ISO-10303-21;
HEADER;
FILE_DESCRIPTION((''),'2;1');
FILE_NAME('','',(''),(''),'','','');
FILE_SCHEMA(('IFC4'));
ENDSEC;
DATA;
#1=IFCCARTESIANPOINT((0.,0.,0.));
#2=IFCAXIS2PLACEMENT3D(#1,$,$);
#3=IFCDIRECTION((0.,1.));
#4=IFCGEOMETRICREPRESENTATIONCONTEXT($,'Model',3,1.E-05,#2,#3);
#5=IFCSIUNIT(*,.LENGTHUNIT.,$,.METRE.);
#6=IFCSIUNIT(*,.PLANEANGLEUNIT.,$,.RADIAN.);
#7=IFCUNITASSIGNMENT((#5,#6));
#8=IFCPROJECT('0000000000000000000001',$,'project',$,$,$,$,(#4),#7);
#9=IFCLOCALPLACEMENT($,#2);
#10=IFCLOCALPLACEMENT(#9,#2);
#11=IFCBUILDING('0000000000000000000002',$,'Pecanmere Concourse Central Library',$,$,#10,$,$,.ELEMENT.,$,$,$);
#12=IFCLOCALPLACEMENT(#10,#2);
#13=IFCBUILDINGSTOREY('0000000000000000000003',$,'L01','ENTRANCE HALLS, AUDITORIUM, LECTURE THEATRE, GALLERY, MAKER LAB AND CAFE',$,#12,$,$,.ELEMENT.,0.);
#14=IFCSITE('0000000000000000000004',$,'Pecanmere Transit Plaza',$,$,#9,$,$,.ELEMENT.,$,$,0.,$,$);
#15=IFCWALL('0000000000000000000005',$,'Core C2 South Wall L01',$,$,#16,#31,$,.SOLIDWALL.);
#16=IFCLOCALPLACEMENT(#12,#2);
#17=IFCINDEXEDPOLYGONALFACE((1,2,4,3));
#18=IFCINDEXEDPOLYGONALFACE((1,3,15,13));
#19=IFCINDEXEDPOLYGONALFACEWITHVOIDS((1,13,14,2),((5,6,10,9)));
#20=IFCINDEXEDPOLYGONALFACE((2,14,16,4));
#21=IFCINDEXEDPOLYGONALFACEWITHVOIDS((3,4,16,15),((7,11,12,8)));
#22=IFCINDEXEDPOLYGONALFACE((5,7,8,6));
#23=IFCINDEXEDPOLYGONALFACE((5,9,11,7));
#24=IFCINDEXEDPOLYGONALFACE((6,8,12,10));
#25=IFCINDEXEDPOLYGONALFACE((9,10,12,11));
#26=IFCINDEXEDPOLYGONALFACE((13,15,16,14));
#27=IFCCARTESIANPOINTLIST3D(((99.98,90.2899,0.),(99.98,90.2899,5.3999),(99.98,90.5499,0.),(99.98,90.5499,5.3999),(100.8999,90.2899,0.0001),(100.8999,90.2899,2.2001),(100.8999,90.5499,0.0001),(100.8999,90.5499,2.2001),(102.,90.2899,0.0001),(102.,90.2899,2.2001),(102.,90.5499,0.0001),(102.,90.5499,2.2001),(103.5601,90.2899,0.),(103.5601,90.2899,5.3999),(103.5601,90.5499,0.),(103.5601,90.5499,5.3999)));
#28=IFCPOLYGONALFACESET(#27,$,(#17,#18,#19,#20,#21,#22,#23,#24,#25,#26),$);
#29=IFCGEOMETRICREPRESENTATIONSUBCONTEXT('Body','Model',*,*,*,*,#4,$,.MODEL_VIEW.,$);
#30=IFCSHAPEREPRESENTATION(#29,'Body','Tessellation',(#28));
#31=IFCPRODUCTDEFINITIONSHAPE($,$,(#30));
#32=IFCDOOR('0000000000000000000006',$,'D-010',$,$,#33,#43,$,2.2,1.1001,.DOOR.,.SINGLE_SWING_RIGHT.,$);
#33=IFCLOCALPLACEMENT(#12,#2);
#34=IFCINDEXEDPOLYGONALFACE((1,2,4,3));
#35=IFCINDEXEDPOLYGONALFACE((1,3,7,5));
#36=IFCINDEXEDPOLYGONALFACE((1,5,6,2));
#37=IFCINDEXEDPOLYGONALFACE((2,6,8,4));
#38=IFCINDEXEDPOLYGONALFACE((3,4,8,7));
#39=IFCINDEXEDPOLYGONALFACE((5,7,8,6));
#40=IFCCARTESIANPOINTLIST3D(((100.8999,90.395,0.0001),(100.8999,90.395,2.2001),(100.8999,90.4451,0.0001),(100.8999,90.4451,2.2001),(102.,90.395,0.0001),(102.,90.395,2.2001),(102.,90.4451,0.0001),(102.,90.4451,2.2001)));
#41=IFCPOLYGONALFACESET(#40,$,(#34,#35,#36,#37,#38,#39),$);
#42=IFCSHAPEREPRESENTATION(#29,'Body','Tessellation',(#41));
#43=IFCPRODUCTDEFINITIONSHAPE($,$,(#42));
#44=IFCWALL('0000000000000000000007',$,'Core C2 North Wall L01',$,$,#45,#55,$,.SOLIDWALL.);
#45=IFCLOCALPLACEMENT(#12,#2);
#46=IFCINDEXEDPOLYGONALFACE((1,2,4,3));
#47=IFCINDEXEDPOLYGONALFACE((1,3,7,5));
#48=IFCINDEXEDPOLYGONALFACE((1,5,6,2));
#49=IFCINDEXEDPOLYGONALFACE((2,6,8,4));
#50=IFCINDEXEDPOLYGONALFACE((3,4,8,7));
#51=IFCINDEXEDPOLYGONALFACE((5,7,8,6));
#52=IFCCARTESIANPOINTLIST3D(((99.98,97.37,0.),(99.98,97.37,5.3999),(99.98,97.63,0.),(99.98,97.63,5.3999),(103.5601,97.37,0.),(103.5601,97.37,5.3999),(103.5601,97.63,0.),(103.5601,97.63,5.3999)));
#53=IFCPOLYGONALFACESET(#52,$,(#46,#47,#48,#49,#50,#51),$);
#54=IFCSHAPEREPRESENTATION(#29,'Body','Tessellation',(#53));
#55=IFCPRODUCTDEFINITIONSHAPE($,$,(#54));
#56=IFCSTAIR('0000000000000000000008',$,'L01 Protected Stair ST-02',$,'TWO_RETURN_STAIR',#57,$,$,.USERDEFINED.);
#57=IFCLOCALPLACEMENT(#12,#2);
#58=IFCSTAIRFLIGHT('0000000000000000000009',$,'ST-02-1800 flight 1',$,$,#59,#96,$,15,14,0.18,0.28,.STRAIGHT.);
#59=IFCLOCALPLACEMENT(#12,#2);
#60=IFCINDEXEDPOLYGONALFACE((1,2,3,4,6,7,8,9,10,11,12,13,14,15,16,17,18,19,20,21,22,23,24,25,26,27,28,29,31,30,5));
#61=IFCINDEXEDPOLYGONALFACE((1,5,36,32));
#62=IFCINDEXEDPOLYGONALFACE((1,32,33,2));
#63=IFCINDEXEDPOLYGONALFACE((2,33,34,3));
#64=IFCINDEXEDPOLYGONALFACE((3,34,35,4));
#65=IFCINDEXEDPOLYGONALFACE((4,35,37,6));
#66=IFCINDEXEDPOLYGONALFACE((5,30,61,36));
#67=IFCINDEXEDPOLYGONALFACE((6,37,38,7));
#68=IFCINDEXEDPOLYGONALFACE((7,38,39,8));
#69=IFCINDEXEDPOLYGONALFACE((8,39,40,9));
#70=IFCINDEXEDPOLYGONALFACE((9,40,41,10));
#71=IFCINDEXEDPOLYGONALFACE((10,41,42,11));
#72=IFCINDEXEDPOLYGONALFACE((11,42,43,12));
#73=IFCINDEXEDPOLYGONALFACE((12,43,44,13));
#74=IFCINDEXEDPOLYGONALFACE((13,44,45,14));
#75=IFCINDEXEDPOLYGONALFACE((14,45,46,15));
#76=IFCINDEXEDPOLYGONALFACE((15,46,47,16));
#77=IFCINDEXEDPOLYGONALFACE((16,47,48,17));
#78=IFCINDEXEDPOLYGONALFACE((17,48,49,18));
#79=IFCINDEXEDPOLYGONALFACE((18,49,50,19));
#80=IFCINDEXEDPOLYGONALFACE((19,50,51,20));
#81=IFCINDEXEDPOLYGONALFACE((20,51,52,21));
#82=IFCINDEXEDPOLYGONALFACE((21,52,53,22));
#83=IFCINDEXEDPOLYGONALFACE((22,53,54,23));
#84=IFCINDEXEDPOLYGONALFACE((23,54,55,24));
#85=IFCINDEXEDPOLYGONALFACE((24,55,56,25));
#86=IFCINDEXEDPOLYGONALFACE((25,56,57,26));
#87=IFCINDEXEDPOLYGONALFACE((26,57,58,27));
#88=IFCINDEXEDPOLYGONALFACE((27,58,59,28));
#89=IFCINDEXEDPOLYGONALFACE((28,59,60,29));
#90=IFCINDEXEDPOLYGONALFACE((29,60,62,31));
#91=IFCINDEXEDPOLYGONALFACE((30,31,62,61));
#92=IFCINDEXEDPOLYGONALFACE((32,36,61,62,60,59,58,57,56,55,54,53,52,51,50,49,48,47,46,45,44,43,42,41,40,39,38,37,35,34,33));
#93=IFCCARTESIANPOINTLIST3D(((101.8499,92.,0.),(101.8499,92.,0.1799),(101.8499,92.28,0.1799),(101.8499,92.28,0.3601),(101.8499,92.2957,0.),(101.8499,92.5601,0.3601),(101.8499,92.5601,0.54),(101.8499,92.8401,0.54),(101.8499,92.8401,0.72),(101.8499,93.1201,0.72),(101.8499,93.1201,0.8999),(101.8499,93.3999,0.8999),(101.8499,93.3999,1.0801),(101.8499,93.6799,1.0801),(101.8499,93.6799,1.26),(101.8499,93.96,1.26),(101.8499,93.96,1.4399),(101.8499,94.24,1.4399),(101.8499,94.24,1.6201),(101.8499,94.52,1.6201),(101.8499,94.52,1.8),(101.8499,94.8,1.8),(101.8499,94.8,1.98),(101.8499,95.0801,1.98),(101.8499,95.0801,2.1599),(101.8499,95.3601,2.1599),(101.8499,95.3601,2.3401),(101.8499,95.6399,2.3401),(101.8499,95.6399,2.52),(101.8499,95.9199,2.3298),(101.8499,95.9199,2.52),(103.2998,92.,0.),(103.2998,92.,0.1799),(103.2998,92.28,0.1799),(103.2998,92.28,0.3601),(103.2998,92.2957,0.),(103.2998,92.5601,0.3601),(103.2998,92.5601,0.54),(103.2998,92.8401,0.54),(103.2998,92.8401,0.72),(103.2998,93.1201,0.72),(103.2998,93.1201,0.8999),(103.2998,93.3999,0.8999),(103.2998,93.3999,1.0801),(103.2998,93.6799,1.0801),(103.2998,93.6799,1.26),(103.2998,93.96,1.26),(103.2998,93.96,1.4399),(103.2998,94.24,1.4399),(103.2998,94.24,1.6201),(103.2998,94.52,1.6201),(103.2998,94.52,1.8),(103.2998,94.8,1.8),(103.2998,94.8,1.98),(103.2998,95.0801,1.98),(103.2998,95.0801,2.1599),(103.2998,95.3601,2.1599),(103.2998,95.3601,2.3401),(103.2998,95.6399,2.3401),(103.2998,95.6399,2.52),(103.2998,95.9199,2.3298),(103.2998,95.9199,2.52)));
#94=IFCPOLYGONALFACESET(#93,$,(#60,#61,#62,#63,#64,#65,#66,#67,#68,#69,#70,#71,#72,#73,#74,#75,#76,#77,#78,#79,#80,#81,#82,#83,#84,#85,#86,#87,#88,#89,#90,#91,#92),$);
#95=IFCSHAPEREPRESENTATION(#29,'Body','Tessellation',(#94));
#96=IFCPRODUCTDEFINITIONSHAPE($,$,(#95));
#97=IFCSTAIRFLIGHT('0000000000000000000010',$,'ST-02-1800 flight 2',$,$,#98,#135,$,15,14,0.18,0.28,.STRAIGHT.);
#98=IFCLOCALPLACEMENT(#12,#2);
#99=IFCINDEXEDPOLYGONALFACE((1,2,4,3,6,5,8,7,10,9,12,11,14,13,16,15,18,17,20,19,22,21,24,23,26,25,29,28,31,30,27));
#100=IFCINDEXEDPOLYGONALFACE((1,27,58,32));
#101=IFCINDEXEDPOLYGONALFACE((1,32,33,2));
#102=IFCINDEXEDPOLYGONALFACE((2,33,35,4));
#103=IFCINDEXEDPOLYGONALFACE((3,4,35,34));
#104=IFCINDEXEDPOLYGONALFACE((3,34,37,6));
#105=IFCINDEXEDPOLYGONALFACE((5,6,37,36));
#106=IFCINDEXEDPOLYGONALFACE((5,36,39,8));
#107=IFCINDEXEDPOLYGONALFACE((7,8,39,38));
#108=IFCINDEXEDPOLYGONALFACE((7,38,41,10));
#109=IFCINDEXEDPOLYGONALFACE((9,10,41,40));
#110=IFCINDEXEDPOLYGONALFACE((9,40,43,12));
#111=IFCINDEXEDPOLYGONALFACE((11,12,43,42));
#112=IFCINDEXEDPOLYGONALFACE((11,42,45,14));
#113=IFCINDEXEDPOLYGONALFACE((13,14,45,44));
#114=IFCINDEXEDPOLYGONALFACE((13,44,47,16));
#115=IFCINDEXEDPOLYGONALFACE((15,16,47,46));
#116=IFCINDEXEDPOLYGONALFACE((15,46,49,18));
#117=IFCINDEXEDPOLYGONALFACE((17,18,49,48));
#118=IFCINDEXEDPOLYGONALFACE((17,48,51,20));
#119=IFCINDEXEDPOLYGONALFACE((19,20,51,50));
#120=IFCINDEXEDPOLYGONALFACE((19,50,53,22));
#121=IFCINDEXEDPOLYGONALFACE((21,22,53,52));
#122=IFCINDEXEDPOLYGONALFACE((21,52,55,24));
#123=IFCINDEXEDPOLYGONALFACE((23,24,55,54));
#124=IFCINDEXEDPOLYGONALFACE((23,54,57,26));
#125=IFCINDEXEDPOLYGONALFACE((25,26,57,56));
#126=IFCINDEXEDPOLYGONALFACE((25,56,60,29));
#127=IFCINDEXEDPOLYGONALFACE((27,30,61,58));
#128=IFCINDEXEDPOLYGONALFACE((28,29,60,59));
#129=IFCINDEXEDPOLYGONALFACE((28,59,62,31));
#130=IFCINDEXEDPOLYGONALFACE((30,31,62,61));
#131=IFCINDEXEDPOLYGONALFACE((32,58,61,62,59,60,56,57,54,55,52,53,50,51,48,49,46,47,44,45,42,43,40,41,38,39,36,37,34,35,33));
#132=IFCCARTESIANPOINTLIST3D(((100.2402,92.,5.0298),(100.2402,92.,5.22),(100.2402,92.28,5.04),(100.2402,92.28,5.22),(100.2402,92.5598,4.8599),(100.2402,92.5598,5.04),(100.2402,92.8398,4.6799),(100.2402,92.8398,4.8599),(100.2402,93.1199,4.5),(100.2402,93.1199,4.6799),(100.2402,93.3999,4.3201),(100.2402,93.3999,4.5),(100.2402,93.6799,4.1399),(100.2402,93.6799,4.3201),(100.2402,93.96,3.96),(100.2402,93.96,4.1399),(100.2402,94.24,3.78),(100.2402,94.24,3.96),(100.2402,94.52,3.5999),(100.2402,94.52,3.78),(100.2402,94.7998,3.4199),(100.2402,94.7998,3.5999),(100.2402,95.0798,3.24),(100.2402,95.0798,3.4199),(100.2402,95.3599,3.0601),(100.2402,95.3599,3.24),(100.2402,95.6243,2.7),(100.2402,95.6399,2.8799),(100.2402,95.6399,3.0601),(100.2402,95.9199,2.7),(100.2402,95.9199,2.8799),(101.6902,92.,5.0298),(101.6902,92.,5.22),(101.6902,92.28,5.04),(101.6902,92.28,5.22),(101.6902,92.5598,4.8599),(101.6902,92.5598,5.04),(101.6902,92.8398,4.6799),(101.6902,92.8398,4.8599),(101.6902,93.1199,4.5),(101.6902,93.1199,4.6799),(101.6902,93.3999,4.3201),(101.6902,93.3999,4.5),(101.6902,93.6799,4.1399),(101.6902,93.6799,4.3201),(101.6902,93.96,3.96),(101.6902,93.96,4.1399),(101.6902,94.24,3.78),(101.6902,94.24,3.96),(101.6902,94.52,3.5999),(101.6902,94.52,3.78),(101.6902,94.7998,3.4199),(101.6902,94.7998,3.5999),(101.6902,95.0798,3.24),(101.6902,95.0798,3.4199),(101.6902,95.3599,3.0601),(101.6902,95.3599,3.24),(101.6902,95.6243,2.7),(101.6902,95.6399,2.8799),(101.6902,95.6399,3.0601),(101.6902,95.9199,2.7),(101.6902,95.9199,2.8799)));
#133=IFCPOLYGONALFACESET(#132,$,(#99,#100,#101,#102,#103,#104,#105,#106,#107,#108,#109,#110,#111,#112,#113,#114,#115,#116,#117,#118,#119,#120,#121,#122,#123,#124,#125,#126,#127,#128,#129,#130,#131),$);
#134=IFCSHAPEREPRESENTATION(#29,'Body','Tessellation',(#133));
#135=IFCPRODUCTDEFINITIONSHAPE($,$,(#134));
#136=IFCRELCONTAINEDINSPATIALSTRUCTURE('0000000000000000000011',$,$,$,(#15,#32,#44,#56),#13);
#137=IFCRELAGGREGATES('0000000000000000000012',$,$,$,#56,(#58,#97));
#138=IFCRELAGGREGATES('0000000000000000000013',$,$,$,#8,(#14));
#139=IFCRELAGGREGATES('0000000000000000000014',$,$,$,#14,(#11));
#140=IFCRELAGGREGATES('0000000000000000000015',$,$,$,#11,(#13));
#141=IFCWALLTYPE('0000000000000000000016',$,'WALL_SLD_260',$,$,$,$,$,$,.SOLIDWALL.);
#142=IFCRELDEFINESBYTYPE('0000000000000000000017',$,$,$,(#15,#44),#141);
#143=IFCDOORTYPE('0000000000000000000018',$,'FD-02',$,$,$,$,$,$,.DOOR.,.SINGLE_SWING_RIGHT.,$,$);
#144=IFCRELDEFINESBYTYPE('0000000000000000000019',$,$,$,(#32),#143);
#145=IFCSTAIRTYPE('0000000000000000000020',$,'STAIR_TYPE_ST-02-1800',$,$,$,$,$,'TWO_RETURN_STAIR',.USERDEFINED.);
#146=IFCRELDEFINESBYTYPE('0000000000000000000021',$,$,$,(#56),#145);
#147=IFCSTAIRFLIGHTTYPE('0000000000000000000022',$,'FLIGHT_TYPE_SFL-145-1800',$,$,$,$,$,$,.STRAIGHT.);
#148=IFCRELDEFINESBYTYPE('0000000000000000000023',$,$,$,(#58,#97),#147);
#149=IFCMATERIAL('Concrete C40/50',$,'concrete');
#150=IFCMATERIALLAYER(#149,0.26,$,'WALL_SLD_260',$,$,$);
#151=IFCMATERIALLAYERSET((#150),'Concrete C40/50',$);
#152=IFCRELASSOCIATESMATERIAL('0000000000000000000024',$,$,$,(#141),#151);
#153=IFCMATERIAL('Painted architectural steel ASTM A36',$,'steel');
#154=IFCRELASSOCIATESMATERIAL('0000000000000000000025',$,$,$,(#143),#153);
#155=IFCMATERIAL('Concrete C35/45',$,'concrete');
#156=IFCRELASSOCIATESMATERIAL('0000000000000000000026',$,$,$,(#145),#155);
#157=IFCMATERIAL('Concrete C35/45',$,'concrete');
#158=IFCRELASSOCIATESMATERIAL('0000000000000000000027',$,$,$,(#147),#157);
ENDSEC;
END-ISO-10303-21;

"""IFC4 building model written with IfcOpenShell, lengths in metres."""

from ifc_helpers import new_model, si_unit, direction, frame, frame_2d, origin, place, context, subcontext, project, spatial, polyline, rectangle, outline, extrude, material, layer, layer_set, type_object, element, fill, aggregate, save


model = new_model("IFC4")

# Units and contexts
model_context = context("Model", 3, precision=1e-05, world=origin(), true_north=direction((0.0, 1.0)))
body_context = subcontext(model_context, "Body", "Model", "MODEL_VIEW")
ifc_project = project(units=[si_unit("LENGTHUNIT", "METRE"), si_unit("PLANEANGLEUNIT", "RADIAN")], contexts=[model_context])

# Site, building, storey
site_placement = place(None, origin())
site = spatial("IfcSite", under=ifc_project, at=site_placement, Name="Pecanmere Transit Plaza", CompositionType="ELEMENT", RefElevation=0.0)
building_placement = place(site_placement, origin())
building = spatial("IfcBuilding", under=site, at=building_placement, Name="Pecanmere Concourse Central Library", CompositionType="ELEMENT")
storey_placement = place(building_placement, origin())
storey = spatial("IfcBuildingStorey", under=building, at=storey_placement, Name="L01", Description="ENTRANCE HALLS, AUDITORIUM, LECTURE THEATRE, GALLERY, MAKER LAB AND CAFE", CompositionType="ELEMENT", Elevation=0.0)

# Wall, opening, door
ifc_material_1 = material(Name="Concrete C40/50", Category="concrete")
ifc_layer_1 = layer(ifc_material_1, 0.26, Name="WALL_SLD_260")
ifc_layer_set_1 = layer_set([ifc_layer_1], Name="Concrete C40/50")
wall_type_1 = type_object("IfcWallType", Name="WALL_SLD_260", PredefinedType="SOLIDWALL", material=ifc_layer_set_1)
wall_1_placement = place(storey_placement, frame((99.98, 90.4199, 0.0), z_axis=(0.0, 0.0, 1.0), x_axis=(1.0, 0.0, 0.0)))
wall_1 = element("IfcWall", 1, at=wall_1_placement, inside=storey, type_object=wall_type_1, Name="Core C2 South Wall L01", PredefinedType="SOLIDWALL", context=body_context, shape_type="SweptSolid", body=[
    extrude(rectangle(XDim=3.5801, YDim=0.26, at=frame_2d((1.79, 0.0))), origin(), (0.0, 0.0, 1.0), 5.3999),
])
opening_1_placement = place(wall_1_placement, frame((0.9199, 0.0, 0.0)))
opening_1 = element("IfcOpeningElement", 2, at=opening_1_placement, cuts=wall_1, PredefinedType="OPENING", context=body_context, shape_type="SweptSolid", body=[
    extrude(rectangle(XDim=1.1001, YDim=2.2, at=frame_2d((0.55, 1.1001))), frame((0.0, 0.1421, 0.0), z_axis=(0.0, -1.0, 0.0), x_axis=(1.0, 0.0, 0.0)), (0.0, 0.0, 1.0), 0.2839),
])
ifc_material_2 = material(Name="Painted architectural steel ASTM A36", Category="steel")
door_type_1 = type_object("IfcDoorType", Name="FD-02", OperationType="SINGLE_SWING_RIGHT", PredefinedType="DOOR", material=ifc_material_2)
door_1_placement = place(opening_1_placement, frame((1.1001, 0.0, 0.0), z_axis=(0.0, 0.0, 1.0), x_axis=(-1.0, 0.0, 0.0)))
door_1 = element("IfcDoor", 3, at=door_1_placement, inside=storey, type_object=door_type_1, Name="D-010", OperationType="SINGLE_SWING_RIGHT", OverallHeight=2.2, OverallWidth=1.1001, PredefinedType="DOOR", context=body_context, shape_type="SweptSolid", body=[
    extrude(rectangle(XDim=1.1001, YDim=2.2, at=frame_2d((0.55, 1.1001))), frame((0.0, 0.0249, 0.0), z_axis=(0.0, -1.0, 0.0), x_axis=(1.0, 0.0, 0.0)), (0.0, 0.0, 1.0), 0.05),
])
fill(opening_1, door_1)

# Wall
wall_2_placement = place(storey_placement, frame((99.98, 97.5, 0.0), z_axis=(0.0, 0.0, 1.0), x_axis=(1.0, 0.0, 0.0)))
element("IfcWall", 4, at=wall_2_placement, inside=storey, type_object=wall_type_1, Name="Core C2 North Wall L01", PredefinedType="SOLIDWALL", context=body_context, shape_type="SweptSolid", body=[
    extrude(rectangle(XDim=3.5801, YDim=0.26, at=frame_2d((1.79, 0.0))), origin(), (0.0, 0.0, 1.0), 5.3999),
])

# Stair, stair flights
ifc_material_3 = material(Name="Concrete C35/45", Category="concrete")
stair_type = type_object("IfcStairType", Name="STAIR_TYPE_ST-02-1800", ElementType="TWO_RETURN_STAIR", PredefinedType="USERDEFINED", material=ifc_material_3)
stair_placement = place(storey_placement, origin())
stair = element("IfcStair", 5, at=stair_placement, inside=storey, type_object=stair_type, Name="L01 Protected Stair ST-02", ObjectType="TWO_RETURN_STAIR", PredefinedType="USERDEFINED")
ifc_material_4 = material(Name="Concrete C35/45", Category="concrete")
stair_flight_type = type_object("IfcStairFlightType", Name="FLIGHT_TYPE_SFL-145-1800", PredefinedType="STRAIGHT", material=ifc_material_4)
stair_flight_1_placement = place(storey_placement, frame((102.575, 92.0, 0.0), z_axis=(0.0, 0.0, 1.0), x_axis=(0.0, 1.0, 0.0)))
stair_flight_1 = element("IfcStairFlight", 6, at=stair_flight_1_placement, type_object=stair_flight_type, Name="ST-02-1800 flight 1", NumberOfRisers=15, NumberOfTreads=14, PredefinedType="STRAIGHT", RiserHeight=0.18, TreadLength=0.28, context=body_context, shape_type="SweptSolid", body=[
    extrude(outline(polyline([(0.0, 0.0), (0.0, 0.1799), (0.28, 0.1799), (0.28, 0.3601), (0.5601, 0.3601), (0.5601, 0.54), (0.8401, 0.54), (0.8401, 0.72), (1.1201, 0.72), (1.1201, 0.8999), (1.3999, 0.8999), (1.3999, 1.0801), (1.6799, 1.0801), (1.6799, 1.26), (1.96, 1.26), (1.96, 1.4399), (2.24, 1.4399), (2.24, 1.6201), (2.52, 1.6201), (2.52, 1.8), (2.8, 1.8), (2.8, 1.98), (3.0801, 1.98), (3.0801, 2.1599), (3.3601, 2.1599), (3.3601, 2.3401), (3.6399, 2.3401), (3.6399, 2.52), (3.9199, 2.52), (3.9199, 2.7), (3.9199, 2.3298), (0.2957, 0.0), (0.0, 0.0)])), frame((0.0, 0.7251, 0.0), z_axis=(0.0, -1.0, 0.0), x_axis=(1.0, 0.0, 0.0)), (0.0, 0.0, 1.0), 1.45),
])
stair_flight_2_placement = place(storey_placement, frame((100.9651, 95.9199, 2.7), z_axis=(0.0, 0.0, 1.0), x_axis=(0.0, -1.0, 0.0)))
stair_flight_2 = element("IfcStairFlight", 7, at=stair_flight_2_placement, type_object=stair_flight_type, Name="ST-02-1800 flight 2", NumberOfRisers=15, NumberOfTreads=14, PredefinedType="STRAIGHT", RiserHeight=0.18, TreadLength=0.28, context=body_context, shape_type="SweptSolid", body=[
    extrude(outline(polyline([(0.0, 0.0), (0.0, 0.1799), (0.28, 0.1799), (0.28, 0.3601), (0.5601, 0.3601), (0.5601, 0.54), (0.8401, 0.54), (0.8401, 0.72), (1.1201, 0.72), (1.1201, 0.8999), (1.3999, 0.8999), (1.3999, 1.0801), (1.6799, 1.0801), (1.6799, 1.26), (1.96, 1.26), (1.96, 1.4399), (2.24, 1.4399), (2.24, 1.6201), (2.52, 1.6201), (2.52, 1.8), (2.8, 1.8), (2.8, 1.98), (3.0801, 1.98), (3.0801, 2.1599), (3.3601, 2.1599), (3.3601, 2.3401), (3.6399, 2.3401), (3.6399, 2.52), (3.9199, 2.52), (3.9199, 2.7), (3.9199, 2.3298), (0.2957, 0.0), (0.0, 0.0)])), frame((0.0, 0.7251, 0.0), z_axis=(0.0, -1.0, 0.0), x_axis=(1.0, 0.0, 0.0)), (0.0, 0.0, 1.0), 1.45),
])
aggregate(stair, [stair_flight_1, stair_flight_2])

save(model, "model.ifc")
